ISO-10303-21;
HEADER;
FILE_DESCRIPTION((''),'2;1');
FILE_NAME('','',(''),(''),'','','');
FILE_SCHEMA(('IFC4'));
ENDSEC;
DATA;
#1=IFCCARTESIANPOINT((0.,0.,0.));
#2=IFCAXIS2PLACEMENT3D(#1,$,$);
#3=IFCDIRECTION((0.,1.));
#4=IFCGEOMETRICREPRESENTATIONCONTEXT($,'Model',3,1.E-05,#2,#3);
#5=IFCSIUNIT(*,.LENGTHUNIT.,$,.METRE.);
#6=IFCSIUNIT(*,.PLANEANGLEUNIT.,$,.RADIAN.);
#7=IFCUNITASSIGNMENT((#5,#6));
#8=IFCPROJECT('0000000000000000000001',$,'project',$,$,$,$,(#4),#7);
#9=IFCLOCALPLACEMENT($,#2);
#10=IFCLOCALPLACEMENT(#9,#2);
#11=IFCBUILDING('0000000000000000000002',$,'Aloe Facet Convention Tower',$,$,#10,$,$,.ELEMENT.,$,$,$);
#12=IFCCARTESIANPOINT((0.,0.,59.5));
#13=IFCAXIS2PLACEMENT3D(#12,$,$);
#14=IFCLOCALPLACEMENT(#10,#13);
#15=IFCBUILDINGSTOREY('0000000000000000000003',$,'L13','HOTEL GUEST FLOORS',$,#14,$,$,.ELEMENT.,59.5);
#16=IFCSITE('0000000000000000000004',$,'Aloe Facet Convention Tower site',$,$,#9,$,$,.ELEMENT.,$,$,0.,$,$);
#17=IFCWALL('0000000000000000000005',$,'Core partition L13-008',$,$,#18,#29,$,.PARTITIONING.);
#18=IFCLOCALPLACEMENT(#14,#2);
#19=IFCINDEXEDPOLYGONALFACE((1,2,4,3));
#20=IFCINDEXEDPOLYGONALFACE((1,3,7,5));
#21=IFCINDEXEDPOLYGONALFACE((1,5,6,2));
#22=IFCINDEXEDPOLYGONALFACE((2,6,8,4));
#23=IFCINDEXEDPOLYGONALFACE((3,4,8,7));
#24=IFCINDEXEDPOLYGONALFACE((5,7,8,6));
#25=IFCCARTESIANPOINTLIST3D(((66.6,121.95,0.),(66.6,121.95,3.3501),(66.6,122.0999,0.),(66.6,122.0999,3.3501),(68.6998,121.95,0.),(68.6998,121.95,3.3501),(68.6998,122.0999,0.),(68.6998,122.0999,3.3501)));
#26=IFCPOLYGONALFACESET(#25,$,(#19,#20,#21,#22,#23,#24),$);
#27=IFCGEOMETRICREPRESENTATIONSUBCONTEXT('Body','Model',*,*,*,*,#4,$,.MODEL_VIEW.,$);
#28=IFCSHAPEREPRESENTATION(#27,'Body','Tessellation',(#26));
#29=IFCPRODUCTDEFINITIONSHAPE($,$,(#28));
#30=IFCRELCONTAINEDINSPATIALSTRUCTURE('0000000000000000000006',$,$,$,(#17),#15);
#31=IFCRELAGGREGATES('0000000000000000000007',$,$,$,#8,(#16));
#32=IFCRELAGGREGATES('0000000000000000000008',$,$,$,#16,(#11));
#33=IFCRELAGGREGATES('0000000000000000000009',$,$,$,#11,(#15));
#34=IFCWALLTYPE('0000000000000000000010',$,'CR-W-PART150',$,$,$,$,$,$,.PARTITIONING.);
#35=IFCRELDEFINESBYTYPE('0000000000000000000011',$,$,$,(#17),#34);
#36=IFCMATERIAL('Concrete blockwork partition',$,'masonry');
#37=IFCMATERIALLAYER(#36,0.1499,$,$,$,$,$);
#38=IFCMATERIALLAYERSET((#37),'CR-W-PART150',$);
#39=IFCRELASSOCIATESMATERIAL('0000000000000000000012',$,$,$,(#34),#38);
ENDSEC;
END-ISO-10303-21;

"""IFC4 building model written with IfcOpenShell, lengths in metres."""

from ifc_helpers import new_model, si_unit, direction, frame, frame_2d, origin, place, context, subcontext, project, spatial, rectangle, extrude, material, layer, layer_set, type_object, element, save


model = new_model("IFC4")

# Units and contexts
model_context = context("Model", 3, precision=1e-05, world=origin(), true_north=direction((0.0, 1.0)))
body_context = subcontext(model_context, "Body", "Model", "MODEL_VIEW")
ifc_project = project(units=[si_unit("LENGTHUNIT", "METRE"), si_unit("PLANEANGLEUNIT", "RADIAN")], contexts=[model_context])

# Site, building, storey
site_placement = place(None, origin())
site = spatial("IfcSite", under=ifc_project, at=site_placement, Name="Aloe Facet Convention Tower site", CompositionType="ELEMENT", RefElevation=0.0)
building_placement = place(site_placement, origin())
building = spatial("IfcBuilding", under=site, at=building_placement, Name="Aloe Facet Convention Tower", CompositionType="ELEMENT")
storey_placement = place(building_placement, frame((0.0, 0.0, 59.5)))
storey = spatial("IfcBuildingStorey", under=building, at=storey_placement, Name="L13", Description="HOTEL GUEST FLOORS", CompositionType="ELEMENT", Elevation=59.5)

# Wall
ifc_material_1 = material(Name="Concrete blockwork partition", Category="masonry")
ifc_layer_1 = layer(ifc_material_1, 0.1499)
ifc_layer_set_1 = layer_set([ifc_layer_1], Name="CR-W-PART150")
wall_type_1 = type_object("IfcWallType", Name="CR-W-PART150", PredefinedType="PARTITIONING", material=ifc_layer_set_1)
wall_1_placement = place(storey_placement, frame((66.6001, 122.0249, 0.0), z_axis=(0.0, 0.0, 1.0), x_axis=(1.0, 0.0, 0.0)))
element("IfcWall", 1, at=wall_1_placement, inside=storey, type_object=wall_type_1, Name="Core partition L13-008", PredefinedType="PARTITIONING", context=body_context, shape_type="SweptSolid", body=[
    extrude(rectangle(XDim=2.0999, YDim=0.1499, at=frame_2d((1.0498, 0.0))), origin(), (0.0, 0.0, 1.0), 3.3501),
])

save(model, "model.ifc")
